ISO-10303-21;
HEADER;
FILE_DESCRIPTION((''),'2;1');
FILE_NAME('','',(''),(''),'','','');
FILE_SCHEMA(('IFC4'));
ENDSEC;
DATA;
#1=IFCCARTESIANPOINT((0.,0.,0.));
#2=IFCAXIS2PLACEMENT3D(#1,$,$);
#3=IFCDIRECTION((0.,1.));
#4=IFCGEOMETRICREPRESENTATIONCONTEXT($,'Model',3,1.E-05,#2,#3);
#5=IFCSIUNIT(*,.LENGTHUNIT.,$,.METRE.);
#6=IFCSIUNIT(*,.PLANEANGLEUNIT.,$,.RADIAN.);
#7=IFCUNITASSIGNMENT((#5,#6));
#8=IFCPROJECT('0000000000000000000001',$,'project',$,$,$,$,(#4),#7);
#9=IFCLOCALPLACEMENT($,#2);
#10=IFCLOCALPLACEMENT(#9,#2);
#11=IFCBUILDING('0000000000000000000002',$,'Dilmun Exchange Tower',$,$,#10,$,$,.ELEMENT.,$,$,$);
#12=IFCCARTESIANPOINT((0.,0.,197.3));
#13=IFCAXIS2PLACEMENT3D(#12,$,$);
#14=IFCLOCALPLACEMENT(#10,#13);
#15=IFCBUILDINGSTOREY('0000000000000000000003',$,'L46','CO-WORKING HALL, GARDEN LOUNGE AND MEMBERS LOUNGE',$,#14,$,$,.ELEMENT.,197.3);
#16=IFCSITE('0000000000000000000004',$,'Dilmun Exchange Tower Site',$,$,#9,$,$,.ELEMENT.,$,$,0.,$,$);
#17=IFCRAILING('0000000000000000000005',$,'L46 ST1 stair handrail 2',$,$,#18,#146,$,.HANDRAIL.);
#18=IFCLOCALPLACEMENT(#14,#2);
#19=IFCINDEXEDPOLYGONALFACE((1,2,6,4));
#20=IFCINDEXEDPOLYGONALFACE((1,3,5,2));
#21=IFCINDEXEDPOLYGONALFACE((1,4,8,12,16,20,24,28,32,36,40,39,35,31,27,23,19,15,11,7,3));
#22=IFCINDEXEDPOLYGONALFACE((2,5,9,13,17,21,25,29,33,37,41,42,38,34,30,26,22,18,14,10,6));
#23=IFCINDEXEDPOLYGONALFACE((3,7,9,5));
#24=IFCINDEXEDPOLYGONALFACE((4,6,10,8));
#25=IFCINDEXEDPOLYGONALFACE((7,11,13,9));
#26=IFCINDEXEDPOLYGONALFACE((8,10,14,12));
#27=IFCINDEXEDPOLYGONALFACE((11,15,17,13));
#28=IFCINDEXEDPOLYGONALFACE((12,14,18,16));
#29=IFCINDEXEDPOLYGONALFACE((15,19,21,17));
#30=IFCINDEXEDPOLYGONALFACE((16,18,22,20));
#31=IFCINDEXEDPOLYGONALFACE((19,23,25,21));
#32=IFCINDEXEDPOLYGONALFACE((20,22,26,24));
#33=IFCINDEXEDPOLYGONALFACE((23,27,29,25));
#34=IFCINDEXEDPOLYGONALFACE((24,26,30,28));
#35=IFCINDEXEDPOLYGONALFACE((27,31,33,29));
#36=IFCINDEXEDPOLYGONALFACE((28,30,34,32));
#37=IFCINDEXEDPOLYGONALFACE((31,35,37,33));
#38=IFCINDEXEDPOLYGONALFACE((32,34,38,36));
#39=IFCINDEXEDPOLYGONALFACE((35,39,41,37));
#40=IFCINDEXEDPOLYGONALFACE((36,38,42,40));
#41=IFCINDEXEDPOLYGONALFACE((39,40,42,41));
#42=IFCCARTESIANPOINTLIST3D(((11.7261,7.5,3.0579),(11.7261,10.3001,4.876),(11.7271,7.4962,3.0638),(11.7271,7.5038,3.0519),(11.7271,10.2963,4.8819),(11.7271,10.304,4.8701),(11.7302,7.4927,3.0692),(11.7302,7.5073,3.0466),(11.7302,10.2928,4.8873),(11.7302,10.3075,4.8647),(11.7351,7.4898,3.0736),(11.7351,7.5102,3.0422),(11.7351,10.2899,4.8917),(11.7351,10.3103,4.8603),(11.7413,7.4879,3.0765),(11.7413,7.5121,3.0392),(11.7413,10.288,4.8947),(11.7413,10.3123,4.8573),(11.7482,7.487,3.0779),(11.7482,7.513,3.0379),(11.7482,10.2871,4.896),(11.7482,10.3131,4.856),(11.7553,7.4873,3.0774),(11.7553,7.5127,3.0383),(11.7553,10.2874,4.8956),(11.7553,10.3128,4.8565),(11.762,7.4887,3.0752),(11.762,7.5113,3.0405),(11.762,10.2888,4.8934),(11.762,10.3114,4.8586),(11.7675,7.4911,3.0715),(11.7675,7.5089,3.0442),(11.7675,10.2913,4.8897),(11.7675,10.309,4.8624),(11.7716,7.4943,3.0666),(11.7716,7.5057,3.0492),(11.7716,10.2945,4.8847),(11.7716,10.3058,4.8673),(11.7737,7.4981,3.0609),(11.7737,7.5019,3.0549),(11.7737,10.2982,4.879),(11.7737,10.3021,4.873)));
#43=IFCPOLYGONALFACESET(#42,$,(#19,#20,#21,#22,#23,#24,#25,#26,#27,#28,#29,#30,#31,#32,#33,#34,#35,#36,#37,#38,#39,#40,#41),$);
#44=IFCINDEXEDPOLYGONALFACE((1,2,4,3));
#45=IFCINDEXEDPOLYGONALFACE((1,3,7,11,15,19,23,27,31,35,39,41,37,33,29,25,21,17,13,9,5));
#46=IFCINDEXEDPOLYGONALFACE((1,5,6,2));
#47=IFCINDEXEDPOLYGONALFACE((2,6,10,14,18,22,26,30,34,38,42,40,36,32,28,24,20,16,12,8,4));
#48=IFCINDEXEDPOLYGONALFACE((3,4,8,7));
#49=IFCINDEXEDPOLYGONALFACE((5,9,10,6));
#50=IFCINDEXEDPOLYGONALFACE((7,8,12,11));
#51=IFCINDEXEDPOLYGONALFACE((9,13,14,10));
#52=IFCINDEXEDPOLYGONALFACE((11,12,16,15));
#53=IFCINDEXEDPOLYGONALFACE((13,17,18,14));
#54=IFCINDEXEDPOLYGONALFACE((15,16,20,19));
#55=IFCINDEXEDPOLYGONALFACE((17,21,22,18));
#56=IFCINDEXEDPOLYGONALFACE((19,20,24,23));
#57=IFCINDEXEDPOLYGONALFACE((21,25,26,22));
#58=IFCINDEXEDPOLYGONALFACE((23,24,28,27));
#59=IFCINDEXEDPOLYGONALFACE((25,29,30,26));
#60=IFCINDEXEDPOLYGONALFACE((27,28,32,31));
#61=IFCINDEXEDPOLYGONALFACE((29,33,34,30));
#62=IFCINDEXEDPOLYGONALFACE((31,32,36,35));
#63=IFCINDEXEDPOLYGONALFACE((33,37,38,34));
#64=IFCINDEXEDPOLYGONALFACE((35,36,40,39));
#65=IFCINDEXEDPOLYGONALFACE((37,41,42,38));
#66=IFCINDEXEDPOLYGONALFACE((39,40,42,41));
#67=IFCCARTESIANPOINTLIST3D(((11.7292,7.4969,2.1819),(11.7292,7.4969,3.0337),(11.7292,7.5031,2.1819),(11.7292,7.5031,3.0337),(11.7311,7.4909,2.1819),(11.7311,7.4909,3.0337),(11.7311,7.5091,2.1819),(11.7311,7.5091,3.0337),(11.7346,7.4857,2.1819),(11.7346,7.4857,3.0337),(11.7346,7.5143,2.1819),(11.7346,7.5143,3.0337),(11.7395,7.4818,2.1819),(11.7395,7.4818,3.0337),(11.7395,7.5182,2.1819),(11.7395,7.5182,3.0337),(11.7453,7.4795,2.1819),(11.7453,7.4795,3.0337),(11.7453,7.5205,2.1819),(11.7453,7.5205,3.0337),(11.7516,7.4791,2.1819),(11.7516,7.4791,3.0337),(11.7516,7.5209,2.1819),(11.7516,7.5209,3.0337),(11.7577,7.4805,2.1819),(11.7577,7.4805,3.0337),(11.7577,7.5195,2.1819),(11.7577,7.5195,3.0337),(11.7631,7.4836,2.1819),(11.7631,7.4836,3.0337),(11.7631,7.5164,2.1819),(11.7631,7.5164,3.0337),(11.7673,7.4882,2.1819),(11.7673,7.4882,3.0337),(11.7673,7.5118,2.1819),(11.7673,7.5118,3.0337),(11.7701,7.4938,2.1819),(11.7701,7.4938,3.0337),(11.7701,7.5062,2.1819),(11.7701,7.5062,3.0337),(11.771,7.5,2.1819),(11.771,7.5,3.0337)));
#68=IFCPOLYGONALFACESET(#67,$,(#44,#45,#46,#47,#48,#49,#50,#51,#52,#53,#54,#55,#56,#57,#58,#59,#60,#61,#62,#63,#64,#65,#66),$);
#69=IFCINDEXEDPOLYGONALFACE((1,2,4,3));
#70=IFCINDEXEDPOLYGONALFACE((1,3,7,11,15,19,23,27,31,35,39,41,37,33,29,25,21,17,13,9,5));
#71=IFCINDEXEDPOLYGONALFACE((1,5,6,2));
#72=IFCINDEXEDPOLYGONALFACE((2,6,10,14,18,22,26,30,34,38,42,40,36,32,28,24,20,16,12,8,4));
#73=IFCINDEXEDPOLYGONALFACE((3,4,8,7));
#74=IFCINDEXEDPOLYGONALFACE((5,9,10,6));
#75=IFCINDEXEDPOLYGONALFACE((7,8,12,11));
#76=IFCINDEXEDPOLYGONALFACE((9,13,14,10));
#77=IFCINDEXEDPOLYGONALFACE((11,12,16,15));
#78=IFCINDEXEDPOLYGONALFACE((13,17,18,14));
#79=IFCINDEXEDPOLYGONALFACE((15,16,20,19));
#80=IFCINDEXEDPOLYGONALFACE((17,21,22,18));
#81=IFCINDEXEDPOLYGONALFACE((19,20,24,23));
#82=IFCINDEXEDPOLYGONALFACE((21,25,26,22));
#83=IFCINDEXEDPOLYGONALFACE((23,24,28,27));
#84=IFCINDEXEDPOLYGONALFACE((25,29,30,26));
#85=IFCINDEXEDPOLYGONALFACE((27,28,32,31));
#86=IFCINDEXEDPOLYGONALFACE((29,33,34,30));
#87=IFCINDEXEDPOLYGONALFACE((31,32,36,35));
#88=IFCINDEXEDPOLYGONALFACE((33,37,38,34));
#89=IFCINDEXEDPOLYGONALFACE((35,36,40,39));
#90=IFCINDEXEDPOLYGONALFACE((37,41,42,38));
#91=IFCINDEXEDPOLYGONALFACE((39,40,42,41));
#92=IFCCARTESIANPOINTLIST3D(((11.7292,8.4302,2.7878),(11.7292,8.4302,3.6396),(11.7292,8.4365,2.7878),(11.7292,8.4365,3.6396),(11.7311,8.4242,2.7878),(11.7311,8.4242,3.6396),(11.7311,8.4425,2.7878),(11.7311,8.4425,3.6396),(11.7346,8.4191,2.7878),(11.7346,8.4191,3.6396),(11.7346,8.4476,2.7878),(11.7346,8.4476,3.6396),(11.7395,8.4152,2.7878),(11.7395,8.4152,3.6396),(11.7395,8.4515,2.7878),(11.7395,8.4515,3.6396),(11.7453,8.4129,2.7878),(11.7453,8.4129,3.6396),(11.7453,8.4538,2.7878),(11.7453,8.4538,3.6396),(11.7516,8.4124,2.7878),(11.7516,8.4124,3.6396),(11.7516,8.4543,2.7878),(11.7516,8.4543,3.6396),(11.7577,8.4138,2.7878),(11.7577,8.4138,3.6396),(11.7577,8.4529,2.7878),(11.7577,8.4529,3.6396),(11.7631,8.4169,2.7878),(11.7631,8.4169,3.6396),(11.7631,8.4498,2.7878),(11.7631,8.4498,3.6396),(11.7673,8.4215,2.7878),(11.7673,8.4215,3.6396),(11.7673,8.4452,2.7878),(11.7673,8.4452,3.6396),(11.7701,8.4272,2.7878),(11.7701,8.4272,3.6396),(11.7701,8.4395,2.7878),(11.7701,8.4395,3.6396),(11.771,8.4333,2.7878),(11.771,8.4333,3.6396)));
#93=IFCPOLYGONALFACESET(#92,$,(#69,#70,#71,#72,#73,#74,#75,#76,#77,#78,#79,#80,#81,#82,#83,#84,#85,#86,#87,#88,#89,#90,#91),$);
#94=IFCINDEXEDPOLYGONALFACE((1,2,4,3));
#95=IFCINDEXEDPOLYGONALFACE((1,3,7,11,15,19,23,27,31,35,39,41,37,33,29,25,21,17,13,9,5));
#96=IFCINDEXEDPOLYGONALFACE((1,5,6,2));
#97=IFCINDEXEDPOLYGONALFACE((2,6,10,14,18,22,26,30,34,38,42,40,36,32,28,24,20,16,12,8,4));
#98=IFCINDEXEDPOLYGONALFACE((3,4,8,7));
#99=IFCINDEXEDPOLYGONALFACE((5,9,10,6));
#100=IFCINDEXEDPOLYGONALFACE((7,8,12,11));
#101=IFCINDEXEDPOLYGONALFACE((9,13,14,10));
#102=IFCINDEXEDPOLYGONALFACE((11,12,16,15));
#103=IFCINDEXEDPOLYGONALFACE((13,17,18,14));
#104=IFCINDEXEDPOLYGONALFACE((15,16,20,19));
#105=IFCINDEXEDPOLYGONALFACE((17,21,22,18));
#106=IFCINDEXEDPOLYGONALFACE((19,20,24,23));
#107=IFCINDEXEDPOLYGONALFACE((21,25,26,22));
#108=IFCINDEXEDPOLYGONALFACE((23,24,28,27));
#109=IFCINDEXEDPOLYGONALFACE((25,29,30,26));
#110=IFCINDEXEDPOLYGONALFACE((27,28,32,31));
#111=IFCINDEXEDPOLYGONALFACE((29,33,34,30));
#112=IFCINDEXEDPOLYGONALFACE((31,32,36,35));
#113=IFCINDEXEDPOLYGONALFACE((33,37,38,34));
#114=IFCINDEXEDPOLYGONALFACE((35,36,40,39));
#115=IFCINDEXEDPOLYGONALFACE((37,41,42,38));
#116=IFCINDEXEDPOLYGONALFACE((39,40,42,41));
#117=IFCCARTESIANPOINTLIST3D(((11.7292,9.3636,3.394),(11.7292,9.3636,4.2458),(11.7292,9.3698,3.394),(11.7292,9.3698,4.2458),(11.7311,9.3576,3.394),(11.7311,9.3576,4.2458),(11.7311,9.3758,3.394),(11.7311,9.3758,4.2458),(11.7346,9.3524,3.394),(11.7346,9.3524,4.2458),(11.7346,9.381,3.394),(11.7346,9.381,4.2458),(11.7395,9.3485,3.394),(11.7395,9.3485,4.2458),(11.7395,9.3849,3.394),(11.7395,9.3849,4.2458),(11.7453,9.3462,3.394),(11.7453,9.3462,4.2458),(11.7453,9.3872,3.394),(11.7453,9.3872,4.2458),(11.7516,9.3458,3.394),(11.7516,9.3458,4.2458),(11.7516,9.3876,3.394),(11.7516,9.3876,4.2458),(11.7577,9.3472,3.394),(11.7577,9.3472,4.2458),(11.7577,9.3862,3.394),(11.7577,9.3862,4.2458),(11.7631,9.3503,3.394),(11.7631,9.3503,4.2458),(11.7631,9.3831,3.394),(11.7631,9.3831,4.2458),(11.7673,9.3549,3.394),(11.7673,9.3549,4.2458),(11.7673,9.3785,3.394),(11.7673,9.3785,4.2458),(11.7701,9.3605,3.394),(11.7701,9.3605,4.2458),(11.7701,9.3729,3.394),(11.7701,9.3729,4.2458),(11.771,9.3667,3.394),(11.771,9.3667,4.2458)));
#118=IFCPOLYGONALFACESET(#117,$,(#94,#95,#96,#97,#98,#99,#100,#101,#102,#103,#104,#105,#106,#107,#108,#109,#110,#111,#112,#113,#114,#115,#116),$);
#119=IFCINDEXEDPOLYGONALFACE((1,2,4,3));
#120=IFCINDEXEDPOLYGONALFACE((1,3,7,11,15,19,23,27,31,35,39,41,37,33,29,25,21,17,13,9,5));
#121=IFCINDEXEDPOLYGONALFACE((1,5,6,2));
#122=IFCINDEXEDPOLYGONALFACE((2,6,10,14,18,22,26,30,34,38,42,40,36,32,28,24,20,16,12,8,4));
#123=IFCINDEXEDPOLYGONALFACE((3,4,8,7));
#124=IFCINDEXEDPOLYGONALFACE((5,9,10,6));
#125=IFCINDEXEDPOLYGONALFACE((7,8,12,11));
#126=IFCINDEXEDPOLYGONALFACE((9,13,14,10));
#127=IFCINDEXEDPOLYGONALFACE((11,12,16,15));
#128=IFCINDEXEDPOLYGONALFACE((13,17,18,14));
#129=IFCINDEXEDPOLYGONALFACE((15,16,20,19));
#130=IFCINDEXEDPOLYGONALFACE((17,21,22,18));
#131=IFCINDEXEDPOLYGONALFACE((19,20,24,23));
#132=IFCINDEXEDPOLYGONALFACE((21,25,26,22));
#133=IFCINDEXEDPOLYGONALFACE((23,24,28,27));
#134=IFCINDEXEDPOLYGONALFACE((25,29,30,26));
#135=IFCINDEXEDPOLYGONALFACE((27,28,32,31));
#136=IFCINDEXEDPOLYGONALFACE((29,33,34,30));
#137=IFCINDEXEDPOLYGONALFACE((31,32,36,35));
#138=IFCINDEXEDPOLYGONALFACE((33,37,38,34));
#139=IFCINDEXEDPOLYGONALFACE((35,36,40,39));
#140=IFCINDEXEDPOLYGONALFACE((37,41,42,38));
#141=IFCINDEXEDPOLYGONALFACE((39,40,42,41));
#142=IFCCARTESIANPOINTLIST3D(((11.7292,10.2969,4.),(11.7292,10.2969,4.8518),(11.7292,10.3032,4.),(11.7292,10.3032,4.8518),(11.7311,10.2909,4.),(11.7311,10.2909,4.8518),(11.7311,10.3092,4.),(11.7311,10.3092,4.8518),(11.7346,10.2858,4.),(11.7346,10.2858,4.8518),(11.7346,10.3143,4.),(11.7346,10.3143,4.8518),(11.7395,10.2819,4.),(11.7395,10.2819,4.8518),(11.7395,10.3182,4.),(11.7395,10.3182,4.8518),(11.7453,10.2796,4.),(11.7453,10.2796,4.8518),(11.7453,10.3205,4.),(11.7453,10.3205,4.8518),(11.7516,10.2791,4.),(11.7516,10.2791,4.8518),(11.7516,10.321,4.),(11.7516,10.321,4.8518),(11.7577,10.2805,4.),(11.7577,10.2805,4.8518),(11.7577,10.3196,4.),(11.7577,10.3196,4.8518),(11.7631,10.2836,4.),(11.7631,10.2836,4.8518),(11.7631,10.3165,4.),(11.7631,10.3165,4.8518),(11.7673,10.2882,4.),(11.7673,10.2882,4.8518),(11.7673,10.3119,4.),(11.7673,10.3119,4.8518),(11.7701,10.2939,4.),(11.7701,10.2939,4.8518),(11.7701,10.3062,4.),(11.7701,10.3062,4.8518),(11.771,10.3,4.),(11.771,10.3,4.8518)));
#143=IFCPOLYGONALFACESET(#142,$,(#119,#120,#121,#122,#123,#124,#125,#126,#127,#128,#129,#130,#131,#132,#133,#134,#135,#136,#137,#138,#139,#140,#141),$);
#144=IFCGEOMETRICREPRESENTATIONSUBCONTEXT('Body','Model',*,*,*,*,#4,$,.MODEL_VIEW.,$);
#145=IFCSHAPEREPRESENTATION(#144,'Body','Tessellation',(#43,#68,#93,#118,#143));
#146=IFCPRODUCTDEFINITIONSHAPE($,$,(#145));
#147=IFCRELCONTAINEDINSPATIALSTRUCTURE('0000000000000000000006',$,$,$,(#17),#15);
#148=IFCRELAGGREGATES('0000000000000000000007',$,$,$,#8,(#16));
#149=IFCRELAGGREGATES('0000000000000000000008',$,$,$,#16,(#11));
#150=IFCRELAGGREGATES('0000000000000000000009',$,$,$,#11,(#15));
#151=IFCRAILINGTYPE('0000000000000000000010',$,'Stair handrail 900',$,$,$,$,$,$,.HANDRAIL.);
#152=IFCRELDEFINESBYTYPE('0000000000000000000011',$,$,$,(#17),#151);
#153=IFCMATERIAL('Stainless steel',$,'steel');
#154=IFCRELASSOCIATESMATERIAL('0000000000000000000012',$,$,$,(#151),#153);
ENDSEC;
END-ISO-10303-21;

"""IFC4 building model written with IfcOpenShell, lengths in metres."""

from ifc_helpers import new_model, si_unit, direction, frame, origin, origin_2d, place, context, subcontext, project, spatial, circle, extrude, material, type_object, element, save


model = new_model("IFC4")

# Units and contexts
model_context = context("Model", 3, precision=1e-05, world=origin(), true_north=direction((0.0, 1.0)))
body_context = subcontext(model_context, "Body", "Model", "MODEL_VIEW")
ifc_project = project(units=[si_unit("LENGTHUNIT", "METRE"), si_unit("PLANEANGLEUNIT", "RADIAN")], contexts=[model_context])

# Site, building, storey
site_placement = place(None, origin())
site = spatial("IfcSite", under=ifc_project, at=site_placement, Name="Dilmun Exchange Tower Site", CompositionType="ELEMENT", RefElevation=0.0)
building_placement = place(site_placement, origin())
building = spatial("IfcBuilding", under=site, at=building_placement, Name="Dilmun Exchange Tower", CompositionType="ELEMENT")
storey_placement = place(building_placement, frame((0.0, 0.0, 197.3)))
storey = spatial("IfcBuildingStorey", under=building, at=storey_placement, Name="L46", Description="CO-WORKING HALL, GARDEN LOUNGE AND MEMBERS LOUNGE", CompositionType="ELEMENT", Elevation=197.3)

# Railing
ifc_material_1 = material(Name="Stainless steel", Category="steel")
railing_type = type_object("IfcRailingType", Name="Stair handrail 900", PredefinedType="HANDRAIL", material=ifc_material_1)
railing_placement = place(storey_placement, frame((11.75, 7.5, 2.1819)))
element("IfcRailing", 1, at=railing_placement, inside=storey, type_object=railing_type, Name="L46 ST1 stair handrail 2", PredefinedType="HANDRAIL", context=body_context, shape_type="SweptSolid", body=[
    extrude(circle(Radius=0.0239, at=origin_2d()), frame((0.0, 0.0, 0.876), z_axis=(0.0, 0.838706, 0.544585), x_axis=(-1.0, 0.0, 0.0)), (0.0, 0.0, 1.0), 3.3386),
    extrude(circle(Radius=0.021, at=origin_2d()), origin(), (0.0, 0.0, 1.0), 0.8518),
    extrude(circle(Radius=0.021, at=origin_2d()), frame((0.0, 0.9333, 0.606)), (0.0, 0.0, 1.0), 0.8518),
    extrude(circle(Radius=0.021, at=origin_2d()), frame((0.0, 1.8667, 1.2122)), (0.0, 0.0, 1.0), 0.8518),
    extrude(circle(Radius=0.021, at=origin_2d()), frame((0.0, 2.8, 1.8181)), (0.0, 0.0, 1.0), 0.8518),
])

save(model, "model.ifc")
